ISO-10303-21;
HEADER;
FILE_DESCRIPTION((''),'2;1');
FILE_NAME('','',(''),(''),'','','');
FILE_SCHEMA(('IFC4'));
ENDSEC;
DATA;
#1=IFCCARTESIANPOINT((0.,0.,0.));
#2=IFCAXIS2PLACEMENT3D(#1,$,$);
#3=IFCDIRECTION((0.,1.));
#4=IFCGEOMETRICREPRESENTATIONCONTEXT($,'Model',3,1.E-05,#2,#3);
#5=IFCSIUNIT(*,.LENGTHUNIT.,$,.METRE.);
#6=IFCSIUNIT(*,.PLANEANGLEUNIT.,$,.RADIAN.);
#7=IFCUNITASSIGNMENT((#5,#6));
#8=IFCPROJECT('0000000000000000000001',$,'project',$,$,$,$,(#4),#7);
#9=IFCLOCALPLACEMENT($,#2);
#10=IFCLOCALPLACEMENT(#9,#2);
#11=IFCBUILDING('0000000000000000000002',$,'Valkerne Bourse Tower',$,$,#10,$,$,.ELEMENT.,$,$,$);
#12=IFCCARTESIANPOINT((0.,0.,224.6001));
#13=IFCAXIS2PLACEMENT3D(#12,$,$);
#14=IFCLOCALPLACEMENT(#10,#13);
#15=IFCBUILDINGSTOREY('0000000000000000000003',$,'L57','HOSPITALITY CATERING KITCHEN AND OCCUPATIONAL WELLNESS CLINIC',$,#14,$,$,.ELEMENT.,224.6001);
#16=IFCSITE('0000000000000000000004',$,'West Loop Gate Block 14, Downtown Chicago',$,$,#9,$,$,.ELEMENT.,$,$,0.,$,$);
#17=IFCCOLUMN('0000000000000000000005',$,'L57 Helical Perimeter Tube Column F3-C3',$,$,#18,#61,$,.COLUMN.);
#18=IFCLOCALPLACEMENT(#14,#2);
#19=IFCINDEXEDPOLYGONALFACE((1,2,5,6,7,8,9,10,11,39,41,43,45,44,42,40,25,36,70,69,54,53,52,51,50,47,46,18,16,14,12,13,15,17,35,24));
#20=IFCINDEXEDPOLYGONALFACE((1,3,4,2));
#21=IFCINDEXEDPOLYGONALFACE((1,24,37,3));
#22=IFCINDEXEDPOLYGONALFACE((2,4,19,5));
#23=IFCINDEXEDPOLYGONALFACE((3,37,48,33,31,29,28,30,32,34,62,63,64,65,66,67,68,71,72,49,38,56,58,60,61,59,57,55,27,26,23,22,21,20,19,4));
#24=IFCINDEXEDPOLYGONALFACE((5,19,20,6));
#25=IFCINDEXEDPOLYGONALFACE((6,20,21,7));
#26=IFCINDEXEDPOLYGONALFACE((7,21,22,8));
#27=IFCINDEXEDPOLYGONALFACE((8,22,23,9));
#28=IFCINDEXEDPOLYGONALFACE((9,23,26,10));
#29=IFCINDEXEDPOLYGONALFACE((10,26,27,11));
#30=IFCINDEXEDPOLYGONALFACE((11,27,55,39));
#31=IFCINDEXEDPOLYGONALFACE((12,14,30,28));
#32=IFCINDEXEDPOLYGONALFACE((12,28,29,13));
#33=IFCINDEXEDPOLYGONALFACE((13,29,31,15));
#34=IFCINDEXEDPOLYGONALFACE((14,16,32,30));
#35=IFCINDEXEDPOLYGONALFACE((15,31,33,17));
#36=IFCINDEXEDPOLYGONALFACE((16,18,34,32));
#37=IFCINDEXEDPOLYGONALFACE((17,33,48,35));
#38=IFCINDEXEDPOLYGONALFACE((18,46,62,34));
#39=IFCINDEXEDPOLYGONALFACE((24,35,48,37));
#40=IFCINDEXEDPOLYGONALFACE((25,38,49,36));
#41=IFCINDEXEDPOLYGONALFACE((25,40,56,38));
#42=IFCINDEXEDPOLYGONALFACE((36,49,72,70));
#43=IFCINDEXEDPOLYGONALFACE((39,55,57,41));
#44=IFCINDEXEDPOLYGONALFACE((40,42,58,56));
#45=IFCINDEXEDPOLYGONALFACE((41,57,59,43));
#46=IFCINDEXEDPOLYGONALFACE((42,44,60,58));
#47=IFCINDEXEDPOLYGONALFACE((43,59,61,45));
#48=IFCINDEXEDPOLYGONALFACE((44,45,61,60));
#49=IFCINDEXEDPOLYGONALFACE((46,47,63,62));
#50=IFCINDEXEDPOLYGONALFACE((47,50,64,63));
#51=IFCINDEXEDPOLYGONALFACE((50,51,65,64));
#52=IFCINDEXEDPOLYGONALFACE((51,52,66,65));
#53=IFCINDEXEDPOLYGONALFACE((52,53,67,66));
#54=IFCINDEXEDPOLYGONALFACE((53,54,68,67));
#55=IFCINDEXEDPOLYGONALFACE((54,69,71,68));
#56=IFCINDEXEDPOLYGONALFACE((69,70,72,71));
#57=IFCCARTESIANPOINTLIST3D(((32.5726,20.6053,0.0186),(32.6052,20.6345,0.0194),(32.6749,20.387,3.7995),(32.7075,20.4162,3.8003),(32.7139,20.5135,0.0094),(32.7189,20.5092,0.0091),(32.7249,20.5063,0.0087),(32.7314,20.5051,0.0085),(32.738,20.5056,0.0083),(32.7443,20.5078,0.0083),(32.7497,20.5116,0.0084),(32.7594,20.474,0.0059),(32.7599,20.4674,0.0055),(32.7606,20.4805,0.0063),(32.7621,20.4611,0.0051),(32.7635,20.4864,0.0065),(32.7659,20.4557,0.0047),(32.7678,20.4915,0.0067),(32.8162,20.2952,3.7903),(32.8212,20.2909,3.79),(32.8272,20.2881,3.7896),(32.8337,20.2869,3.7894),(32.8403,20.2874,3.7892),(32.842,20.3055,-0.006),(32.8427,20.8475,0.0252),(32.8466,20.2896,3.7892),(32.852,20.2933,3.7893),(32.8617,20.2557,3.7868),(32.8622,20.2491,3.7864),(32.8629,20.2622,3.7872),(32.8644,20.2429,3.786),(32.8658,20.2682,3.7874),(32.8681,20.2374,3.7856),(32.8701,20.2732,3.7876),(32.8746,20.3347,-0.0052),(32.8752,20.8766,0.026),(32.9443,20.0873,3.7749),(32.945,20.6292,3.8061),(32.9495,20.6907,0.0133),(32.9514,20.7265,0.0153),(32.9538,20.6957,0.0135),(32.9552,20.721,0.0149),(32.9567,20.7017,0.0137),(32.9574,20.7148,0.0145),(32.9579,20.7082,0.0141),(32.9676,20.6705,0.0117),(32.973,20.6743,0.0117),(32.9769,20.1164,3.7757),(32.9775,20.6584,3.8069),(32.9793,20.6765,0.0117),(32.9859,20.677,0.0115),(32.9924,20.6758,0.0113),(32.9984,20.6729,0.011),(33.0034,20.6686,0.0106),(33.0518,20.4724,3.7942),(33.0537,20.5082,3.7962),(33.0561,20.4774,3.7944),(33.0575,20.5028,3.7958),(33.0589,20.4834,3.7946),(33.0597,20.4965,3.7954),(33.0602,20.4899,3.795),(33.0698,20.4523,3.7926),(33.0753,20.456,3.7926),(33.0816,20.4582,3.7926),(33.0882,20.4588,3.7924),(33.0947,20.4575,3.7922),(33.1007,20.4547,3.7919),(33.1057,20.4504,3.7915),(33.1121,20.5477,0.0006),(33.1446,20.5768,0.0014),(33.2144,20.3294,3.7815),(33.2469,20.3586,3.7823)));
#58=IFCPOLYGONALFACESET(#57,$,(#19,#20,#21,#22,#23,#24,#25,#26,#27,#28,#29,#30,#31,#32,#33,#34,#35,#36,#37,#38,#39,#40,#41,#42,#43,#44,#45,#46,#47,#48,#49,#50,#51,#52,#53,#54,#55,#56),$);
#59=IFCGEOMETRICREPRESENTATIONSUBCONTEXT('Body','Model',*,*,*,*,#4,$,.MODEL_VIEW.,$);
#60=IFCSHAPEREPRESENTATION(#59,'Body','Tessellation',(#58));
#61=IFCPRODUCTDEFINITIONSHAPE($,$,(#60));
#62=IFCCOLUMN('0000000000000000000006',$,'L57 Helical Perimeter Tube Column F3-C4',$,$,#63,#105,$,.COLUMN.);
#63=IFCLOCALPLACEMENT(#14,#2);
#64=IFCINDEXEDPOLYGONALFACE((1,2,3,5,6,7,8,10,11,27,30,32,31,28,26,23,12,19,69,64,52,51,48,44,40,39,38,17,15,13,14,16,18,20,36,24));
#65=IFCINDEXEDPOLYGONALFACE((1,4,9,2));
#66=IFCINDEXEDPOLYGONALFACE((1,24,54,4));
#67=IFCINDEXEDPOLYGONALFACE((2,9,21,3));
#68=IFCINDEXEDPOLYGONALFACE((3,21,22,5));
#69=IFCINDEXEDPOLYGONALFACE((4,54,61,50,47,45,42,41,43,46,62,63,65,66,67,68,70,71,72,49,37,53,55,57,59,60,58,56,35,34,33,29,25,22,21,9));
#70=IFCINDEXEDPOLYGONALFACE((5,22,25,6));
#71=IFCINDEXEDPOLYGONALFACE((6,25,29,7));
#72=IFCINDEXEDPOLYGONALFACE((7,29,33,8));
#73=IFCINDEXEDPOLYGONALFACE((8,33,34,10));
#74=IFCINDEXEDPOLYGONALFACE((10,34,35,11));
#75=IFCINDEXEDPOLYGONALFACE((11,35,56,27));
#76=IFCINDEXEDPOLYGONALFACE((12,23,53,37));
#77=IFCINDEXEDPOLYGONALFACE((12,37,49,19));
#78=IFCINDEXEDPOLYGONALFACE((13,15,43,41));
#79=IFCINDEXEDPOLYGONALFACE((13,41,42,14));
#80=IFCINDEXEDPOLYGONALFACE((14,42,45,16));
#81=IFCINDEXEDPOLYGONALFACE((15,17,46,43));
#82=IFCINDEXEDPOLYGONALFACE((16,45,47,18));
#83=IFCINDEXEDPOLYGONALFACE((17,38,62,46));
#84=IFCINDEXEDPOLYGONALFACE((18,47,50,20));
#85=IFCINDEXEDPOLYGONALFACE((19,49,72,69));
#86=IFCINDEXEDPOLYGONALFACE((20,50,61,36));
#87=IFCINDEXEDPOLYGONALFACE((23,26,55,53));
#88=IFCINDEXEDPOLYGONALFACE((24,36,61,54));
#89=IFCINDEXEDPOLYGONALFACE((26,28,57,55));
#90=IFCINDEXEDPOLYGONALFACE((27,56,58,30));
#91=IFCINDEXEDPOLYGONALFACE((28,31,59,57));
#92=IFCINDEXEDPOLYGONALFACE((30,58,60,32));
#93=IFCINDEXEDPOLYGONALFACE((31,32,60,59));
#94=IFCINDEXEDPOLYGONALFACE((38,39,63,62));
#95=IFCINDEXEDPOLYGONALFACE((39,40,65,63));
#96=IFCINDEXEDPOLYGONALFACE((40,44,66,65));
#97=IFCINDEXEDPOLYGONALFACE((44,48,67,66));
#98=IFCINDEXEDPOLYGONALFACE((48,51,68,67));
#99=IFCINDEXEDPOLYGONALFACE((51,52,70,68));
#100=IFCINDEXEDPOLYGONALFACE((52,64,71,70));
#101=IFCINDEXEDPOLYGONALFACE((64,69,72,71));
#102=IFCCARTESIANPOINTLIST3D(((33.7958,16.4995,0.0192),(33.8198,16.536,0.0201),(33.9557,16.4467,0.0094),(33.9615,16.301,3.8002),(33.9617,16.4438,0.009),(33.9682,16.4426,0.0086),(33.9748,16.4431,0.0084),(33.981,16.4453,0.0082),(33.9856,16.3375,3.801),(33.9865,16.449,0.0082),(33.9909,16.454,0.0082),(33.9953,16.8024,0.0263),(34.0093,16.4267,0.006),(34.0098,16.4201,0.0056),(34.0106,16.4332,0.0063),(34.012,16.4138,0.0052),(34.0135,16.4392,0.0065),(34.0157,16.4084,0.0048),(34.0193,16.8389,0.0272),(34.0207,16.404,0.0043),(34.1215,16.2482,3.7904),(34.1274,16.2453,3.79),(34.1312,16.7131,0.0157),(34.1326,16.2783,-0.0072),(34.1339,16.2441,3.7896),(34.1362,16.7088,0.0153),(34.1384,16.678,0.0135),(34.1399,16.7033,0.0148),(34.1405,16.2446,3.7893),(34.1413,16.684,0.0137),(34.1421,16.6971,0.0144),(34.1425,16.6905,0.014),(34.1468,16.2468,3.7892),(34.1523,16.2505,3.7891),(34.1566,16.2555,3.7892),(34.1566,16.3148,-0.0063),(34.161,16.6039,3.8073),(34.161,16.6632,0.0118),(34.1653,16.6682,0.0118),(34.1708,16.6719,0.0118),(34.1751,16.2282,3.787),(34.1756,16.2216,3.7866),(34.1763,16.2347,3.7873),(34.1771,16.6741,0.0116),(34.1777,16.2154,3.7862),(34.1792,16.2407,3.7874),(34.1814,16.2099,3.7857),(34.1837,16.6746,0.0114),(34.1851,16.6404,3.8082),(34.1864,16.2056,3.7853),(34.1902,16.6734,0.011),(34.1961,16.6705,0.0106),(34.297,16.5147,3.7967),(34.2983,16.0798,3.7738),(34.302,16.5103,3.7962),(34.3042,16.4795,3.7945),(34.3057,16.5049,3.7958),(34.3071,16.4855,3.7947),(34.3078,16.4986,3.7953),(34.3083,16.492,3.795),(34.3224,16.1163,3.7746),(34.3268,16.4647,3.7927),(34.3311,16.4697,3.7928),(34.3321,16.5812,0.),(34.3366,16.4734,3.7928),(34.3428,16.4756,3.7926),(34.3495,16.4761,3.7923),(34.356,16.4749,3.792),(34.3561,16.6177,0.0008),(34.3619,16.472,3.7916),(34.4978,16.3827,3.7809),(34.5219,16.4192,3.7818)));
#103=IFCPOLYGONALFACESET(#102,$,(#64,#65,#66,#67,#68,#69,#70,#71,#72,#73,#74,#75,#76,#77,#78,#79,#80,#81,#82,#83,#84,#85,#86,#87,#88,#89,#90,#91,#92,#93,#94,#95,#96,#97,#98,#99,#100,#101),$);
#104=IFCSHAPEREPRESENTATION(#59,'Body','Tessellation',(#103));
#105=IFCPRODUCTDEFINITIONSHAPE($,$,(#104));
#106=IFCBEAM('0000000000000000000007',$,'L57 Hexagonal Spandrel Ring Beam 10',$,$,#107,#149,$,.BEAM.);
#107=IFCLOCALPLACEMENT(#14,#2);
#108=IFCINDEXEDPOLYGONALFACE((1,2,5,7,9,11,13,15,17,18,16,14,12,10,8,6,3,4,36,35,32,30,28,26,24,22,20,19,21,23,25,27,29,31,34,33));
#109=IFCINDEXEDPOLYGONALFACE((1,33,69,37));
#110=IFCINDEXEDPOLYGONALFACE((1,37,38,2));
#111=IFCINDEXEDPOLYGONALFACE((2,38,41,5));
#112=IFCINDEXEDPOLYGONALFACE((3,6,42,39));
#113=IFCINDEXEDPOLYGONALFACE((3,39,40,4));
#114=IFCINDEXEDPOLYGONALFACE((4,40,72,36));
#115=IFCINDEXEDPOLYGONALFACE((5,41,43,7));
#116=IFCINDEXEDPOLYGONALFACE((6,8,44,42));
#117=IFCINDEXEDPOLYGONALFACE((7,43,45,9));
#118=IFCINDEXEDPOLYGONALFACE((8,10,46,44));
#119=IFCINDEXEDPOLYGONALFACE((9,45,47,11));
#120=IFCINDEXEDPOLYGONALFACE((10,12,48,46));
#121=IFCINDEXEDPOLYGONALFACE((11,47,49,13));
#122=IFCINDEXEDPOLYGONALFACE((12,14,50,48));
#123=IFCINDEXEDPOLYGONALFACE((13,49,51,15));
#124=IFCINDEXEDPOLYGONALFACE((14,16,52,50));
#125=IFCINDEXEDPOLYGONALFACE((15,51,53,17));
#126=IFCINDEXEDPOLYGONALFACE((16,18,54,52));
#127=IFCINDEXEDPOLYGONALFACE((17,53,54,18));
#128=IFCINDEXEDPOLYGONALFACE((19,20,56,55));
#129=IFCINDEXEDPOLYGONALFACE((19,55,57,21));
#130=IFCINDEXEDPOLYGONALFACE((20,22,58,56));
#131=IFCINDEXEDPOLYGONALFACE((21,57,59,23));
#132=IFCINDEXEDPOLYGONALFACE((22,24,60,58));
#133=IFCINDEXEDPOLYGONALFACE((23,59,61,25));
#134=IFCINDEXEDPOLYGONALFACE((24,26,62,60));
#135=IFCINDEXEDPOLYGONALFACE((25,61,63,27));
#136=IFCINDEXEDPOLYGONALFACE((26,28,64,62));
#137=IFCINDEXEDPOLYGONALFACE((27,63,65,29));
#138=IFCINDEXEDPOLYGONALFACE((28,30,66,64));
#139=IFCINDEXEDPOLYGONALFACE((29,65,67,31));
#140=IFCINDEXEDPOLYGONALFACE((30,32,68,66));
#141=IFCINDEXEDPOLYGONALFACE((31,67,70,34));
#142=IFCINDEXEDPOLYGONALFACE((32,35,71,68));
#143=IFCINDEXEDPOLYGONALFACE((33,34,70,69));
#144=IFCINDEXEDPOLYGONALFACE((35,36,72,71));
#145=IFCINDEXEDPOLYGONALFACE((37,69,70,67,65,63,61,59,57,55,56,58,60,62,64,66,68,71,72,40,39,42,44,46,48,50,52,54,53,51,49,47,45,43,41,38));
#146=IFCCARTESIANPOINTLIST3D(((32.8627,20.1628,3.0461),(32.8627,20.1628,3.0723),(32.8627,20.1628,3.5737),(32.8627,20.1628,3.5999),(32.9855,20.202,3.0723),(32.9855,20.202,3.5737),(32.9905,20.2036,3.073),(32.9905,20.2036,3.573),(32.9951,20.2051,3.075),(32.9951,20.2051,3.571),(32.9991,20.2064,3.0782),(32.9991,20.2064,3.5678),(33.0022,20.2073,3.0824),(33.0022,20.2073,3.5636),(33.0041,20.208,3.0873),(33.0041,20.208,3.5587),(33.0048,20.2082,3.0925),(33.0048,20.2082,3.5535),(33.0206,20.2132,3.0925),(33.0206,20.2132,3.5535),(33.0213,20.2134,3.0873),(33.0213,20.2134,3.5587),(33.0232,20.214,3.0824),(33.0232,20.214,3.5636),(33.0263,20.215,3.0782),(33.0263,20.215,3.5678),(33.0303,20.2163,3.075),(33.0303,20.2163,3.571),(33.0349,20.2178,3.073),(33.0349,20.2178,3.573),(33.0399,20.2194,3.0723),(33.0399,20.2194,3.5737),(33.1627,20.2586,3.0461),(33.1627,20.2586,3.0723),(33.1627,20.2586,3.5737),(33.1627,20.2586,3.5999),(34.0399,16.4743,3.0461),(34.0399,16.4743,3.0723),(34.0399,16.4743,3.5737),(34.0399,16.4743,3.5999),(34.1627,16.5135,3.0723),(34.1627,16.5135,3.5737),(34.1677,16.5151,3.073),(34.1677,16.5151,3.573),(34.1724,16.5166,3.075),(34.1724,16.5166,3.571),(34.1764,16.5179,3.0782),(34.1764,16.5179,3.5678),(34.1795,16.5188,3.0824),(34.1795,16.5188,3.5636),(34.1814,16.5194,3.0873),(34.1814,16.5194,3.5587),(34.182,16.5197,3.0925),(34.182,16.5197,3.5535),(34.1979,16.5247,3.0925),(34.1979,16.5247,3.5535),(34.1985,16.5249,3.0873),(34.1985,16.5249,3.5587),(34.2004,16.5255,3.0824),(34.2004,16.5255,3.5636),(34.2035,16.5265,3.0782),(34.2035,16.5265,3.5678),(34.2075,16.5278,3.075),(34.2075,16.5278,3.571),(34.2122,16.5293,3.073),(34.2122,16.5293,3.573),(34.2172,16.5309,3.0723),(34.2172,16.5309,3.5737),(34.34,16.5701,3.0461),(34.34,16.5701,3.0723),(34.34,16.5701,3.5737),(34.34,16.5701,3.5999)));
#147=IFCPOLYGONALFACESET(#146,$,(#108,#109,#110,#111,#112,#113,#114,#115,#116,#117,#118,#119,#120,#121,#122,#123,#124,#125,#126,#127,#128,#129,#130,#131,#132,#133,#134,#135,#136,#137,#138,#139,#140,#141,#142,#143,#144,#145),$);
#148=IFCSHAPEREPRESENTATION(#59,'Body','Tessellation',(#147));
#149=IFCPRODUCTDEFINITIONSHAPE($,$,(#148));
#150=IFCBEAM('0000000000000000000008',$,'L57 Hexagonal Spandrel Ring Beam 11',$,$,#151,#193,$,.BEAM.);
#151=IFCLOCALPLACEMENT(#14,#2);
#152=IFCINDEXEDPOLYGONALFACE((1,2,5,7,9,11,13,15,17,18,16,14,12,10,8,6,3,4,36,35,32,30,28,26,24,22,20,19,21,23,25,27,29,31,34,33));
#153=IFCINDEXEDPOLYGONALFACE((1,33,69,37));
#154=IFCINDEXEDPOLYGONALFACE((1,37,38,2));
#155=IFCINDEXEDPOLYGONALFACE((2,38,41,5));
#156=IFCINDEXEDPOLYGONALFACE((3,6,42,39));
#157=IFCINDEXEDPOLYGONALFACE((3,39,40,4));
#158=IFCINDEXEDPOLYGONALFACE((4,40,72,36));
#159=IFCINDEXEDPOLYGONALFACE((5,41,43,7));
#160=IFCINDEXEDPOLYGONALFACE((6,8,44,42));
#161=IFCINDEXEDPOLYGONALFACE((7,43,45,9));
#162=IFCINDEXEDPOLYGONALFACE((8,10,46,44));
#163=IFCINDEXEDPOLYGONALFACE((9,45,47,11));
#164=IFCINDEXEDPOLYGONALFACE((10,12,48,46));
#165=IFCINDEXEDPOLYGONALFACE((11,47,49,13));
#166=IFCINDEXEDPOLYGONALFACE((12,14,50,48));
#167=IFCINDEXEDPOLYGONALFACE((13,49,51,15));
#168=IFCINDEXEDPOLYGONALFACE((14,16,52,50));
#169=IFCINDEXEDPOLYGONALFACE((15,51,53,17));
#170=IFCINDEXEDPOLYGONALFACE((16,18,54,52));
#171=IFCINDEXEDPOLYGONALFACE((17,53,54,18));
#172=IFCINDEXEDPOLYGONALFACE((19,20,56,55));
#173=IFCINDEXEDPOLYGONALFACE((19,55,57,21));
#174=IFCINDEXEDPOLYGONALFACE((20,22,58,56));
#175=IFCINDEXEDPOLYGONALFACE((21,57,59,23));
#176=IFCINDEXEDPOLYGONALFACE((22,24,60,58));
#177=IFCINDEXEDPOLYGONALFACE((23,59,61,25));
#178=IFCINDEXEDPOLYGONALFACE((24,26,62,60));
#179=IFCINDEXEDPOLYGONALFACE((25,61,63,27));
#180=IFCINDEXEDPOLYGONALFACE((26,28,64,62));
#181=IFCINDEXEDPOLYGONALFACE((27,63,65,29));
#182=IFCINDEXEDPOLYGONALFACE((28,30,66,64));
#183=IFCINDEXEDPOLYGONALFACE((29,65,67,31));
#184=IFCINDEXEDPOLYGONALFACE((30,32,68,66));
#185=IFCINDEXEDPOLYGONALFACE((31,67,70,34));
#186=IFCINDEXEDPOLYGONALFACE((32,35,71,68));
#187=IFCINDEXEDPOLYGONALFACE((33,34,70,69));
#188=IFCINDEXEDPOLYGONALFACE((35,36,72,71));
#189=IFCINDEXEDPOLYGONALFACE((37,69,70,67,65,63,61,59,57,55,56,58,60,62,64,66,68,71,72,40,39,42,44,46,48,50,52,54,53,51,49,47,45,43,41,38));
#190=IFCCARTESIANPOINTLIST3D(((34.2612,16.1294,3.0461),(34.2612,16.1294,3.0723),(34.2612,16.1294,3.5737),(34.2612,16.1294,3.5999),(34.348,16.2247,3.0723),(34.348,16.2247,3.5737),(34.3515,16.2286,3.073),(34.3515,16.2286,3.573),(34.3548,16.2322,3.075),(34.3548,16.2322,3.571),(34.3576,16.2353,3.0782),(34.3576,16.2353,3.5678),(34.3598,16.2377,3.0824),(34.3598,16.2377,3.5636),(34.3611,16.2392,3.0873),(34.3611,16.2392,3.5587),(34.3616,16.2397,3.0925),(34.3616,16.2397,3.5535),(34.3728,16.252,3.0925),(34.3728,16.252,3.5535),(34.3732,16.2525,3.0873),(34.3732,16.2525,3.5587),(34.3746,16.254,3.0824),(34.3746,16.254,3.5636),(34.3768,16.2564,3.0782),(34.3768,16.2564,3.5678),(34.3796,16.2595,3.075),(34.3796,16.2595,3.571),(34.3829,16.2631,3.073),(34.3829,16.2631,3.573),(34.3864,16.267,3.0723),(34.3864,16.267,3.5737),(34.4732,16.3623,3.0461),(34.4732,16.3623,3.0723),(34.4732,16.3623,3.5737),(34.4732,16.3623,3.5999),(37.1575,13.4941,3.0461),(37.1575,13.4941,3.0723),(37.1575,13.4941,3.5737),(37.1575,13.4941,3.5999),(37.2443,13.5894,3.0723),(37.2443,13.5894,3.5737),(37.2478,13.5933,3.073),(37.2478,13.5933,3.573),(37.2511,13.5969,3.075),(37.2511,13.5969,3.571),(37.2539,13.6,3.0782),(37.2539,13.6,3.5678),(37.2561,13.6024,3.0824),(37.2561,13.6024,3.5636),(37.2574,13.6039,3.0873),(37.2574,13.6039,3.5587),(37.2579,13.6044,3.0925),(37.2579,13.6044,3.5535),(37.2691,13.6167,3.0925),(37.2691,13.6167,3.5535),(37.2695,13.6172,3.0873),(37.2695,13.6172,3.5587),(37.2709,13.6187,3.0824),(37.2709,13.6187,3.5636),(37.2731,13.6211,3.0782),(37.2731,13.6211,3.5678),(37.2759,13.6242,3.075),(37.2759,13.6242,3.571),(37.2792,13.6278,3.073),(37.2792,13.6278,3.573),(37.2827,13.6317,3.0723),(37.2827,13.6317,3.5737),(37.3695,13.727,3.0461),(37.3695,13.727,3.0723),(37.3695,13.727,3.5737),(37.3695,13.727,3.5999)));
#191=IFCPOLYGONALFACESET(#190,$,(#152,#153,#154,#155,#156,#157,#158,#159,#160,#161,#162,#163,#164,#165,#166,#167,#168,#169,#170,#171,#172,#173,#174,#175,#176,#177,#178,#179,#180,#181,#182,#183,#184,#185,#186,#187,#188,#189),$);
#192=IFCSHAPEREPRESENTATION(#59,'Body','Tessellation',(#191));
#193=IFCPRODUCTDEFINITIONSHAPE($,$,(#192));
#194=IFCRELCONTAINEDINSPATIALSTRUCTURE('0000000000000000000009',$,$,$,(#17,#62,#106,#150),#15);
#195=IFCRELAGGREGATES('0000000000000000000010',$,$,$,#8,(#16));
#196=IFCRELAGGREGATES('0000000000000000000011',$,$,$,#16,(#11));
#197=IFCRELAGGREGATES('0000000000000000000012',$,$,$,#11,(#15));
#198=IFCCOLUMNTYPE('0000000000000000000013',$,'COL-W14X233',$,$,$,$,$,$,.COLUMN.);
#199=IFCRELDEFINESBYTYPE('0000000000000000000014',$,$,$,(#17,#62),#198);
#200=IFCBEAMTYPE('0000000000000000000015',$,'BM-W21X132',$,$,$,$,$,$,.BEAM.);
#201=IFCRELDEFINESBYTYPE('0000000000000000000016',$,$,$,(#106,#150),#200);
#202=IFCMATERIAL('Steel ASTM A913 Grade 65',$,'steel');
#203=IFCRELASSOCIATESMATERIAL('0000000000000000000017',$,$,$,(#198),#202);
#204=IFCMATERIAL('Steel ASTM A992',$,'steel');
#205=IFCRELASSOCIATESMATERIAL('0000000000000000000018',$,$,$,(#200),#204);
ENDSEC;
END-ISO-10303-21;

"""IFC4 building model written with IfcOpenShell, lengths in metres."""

from ifc_helpers import new_model, si_unit, direction, frame, origin, origin_2d, place, context, subcontext, project, spatial, i_section, extrude, material, material_profile, profile_set, type_object, element, save


model = new_model("IFC4")

# Units and contexts
model_context = context("Model", 3, precision=1e-05, world=origin(), true_north=direction((0.0, 1.0)))
body_context = subcontext(model_context, "Body", "Model", "MODEL_VIEW")
ifc_project = project(units=[si_unit("LENGTHUNIT", "METRE"), si_unit("PLANEANGLEUNIT", "RADIAN")], contexts=[model_context])

# Site, building, storey
site_placement = place(None, origin())
site = spatial("IfcSite", under=ifc_project, at=site_placement, Name="West Loop Gate Block 14, Downtown Chicago", CompositionType="ELEMENT", RefElevation=0.0)
building_placement = place(site_placement, origin())
building = spatial("IfcBuilding", under=site, at=building_placement, Name="Valkerne Bourse Tower", CompositionType="ELEMENT")
storey_placement = place(building_placement, frame((0.0, 0.0, 224.6001)))
storey = spatial("IfcBuildingStorey", under=building, at=storey_placement, Name="L57", Description="HOSPITALITY CATERING KITCHEN AND OCCUPATIONAL WELLNESS CLINIC", CompositionType="ELEMENT", Elevation=224.6001)

# Columns
ifc_material_1 = material(Name="Steel ASTM A913 Grade 65", Category="steel")
ifc_material_profile_1 = material_profile(ifc_material_1, i_section(OverallWidth=0.4038, OverallDepth=0.4065, WebThickness=0.0271, FlangeThickness=0.0437, FilletRadius=0.0254, at=origin_2d()), Name="W14X233")
ifc_profile_set_1 = profile_set([ifc_material_profile_1], Name="Steel ASTM A913 Grade 65")
column_type = type_object("IfcColumnType", Name="COL-W14X233", PredefinedType="COLUMN", material=ifc_profile_set_1)
column_1_placement = place(storey_placement, frame((32.8586, 20.5911, 0.01), z_axis=(0.027, -0.057609, 0.997974), x_axis=(0.66716, -0.742421, -0.060907)))
element("IfcColumn", 1, at=column_1_placement, inside=storey, type_object=column_type, Name="L57 Helical Perimeter Tube Column F3-C3", PredefinedType="COLUMN", context=body_context, shape_type="SweptSolid", body=[
    extrude(i_section(OverallWidth=0.4038, OverallDepth=0.4065, WebThickness=0.0271, FlangeThickness=0.0437, FilletRadius=0.0254, at=origin_2d()), origin(), (0.0, 0.0, 1.0), 3.7886),
])
column_2_placement = place(storey_placement, frame((34.0759, 16.5586, 0.01), z_axis=(0.043741, -0.052373, 0.997669), x_axis=(0.834069, -0.547778, -0.065324)))
element("IfcColumn", 2, at=column_2_placement, inside=storey, type_object=column_type, Name="L57 Helical Perimeter Tube Column F3-C4", PredefinedType="COLUMN", context=body_context, shape_type="SweptSolid", body=[
    extrude(i_section(OverallWidth=0.4038, OverallDepth=0.4065, WebThickness=0.0271, FlangeThickness=0.0437, FilletRadius=0.0254, at=origin_2d()), origin(), (0.0, 0.0, 1.0), 3.7898),
])

# Beams
ifc_material_2 = material(Name="Steel ASTM A992", Category="steel")
ifc_material_profile_2 = material_profile(ifc_material_2, i_section(OverallWidth=0.3149, OverallDepth=0.5537, WebThickness=0.0166, FlangeThickness=0.0261, FilletRadius=0.0203, at=origin_2d()), Name="W21X132")
ifc_profile_set_2 = profile_set([ifc_material_profile_2], Name="Steel ASTM A992")
beam_type_1 = type_object("IfcBeamType", Name="BM-W21X132", PredefinedType="BEAM", material=ifc_profile_set_2)
beam_1_placement = place(storey_placement, frame((33.0127, 20.2107, 3.323), z_axis=(0.304057, -0.952654, 0.0), x_axis=(0.952654, 0.304057, 0.0)))
element("IfcBeam", 3, at=beam_1_placement, inside=storey, type_object=beam_type_1, Name="L57 Hexagonal Spandrel Ring Beam 10", PredefinedType="BEAM", context=body_context, shape_type="SweptSolid", body=[
    extrude(i_section(OverallWidth=0.3149, OverallDepth=0.5537, WebThickness=0.0166, FlangeThickness=0.0261, FilletRadius=0.0203, at=origin_2d()), origin(), (0.0, 0.0, 1.0), 3.8718),
])
beam_2_placement = place(storey_placement, frame((34.3672, 16.2458, 3.323), z_axis=(0.739647, -0.672995, 0.0), x_axis=(0.672995, 0.739647, 0.0)))
element("IfcBeam", 4, at=beam_2_placement, inside=storey, type_object=beam_type_1, Name="L57 Hexagonal Spandrel Ring Beam 11", PredefinedType="BEAM", context=body_context, shape_type="SweptSolid", body=[
    extrude(i_section(OverallWidth=0.3149, OverallDepth=0.5537, WebThickness=0.0166, FlangeThickness=0.0261, FilletRadius=0.0203, at=origin_2d()), origin(), (0.0, 0.0, 1.0), 3.9158),
])

save(model, "model.ifc")
